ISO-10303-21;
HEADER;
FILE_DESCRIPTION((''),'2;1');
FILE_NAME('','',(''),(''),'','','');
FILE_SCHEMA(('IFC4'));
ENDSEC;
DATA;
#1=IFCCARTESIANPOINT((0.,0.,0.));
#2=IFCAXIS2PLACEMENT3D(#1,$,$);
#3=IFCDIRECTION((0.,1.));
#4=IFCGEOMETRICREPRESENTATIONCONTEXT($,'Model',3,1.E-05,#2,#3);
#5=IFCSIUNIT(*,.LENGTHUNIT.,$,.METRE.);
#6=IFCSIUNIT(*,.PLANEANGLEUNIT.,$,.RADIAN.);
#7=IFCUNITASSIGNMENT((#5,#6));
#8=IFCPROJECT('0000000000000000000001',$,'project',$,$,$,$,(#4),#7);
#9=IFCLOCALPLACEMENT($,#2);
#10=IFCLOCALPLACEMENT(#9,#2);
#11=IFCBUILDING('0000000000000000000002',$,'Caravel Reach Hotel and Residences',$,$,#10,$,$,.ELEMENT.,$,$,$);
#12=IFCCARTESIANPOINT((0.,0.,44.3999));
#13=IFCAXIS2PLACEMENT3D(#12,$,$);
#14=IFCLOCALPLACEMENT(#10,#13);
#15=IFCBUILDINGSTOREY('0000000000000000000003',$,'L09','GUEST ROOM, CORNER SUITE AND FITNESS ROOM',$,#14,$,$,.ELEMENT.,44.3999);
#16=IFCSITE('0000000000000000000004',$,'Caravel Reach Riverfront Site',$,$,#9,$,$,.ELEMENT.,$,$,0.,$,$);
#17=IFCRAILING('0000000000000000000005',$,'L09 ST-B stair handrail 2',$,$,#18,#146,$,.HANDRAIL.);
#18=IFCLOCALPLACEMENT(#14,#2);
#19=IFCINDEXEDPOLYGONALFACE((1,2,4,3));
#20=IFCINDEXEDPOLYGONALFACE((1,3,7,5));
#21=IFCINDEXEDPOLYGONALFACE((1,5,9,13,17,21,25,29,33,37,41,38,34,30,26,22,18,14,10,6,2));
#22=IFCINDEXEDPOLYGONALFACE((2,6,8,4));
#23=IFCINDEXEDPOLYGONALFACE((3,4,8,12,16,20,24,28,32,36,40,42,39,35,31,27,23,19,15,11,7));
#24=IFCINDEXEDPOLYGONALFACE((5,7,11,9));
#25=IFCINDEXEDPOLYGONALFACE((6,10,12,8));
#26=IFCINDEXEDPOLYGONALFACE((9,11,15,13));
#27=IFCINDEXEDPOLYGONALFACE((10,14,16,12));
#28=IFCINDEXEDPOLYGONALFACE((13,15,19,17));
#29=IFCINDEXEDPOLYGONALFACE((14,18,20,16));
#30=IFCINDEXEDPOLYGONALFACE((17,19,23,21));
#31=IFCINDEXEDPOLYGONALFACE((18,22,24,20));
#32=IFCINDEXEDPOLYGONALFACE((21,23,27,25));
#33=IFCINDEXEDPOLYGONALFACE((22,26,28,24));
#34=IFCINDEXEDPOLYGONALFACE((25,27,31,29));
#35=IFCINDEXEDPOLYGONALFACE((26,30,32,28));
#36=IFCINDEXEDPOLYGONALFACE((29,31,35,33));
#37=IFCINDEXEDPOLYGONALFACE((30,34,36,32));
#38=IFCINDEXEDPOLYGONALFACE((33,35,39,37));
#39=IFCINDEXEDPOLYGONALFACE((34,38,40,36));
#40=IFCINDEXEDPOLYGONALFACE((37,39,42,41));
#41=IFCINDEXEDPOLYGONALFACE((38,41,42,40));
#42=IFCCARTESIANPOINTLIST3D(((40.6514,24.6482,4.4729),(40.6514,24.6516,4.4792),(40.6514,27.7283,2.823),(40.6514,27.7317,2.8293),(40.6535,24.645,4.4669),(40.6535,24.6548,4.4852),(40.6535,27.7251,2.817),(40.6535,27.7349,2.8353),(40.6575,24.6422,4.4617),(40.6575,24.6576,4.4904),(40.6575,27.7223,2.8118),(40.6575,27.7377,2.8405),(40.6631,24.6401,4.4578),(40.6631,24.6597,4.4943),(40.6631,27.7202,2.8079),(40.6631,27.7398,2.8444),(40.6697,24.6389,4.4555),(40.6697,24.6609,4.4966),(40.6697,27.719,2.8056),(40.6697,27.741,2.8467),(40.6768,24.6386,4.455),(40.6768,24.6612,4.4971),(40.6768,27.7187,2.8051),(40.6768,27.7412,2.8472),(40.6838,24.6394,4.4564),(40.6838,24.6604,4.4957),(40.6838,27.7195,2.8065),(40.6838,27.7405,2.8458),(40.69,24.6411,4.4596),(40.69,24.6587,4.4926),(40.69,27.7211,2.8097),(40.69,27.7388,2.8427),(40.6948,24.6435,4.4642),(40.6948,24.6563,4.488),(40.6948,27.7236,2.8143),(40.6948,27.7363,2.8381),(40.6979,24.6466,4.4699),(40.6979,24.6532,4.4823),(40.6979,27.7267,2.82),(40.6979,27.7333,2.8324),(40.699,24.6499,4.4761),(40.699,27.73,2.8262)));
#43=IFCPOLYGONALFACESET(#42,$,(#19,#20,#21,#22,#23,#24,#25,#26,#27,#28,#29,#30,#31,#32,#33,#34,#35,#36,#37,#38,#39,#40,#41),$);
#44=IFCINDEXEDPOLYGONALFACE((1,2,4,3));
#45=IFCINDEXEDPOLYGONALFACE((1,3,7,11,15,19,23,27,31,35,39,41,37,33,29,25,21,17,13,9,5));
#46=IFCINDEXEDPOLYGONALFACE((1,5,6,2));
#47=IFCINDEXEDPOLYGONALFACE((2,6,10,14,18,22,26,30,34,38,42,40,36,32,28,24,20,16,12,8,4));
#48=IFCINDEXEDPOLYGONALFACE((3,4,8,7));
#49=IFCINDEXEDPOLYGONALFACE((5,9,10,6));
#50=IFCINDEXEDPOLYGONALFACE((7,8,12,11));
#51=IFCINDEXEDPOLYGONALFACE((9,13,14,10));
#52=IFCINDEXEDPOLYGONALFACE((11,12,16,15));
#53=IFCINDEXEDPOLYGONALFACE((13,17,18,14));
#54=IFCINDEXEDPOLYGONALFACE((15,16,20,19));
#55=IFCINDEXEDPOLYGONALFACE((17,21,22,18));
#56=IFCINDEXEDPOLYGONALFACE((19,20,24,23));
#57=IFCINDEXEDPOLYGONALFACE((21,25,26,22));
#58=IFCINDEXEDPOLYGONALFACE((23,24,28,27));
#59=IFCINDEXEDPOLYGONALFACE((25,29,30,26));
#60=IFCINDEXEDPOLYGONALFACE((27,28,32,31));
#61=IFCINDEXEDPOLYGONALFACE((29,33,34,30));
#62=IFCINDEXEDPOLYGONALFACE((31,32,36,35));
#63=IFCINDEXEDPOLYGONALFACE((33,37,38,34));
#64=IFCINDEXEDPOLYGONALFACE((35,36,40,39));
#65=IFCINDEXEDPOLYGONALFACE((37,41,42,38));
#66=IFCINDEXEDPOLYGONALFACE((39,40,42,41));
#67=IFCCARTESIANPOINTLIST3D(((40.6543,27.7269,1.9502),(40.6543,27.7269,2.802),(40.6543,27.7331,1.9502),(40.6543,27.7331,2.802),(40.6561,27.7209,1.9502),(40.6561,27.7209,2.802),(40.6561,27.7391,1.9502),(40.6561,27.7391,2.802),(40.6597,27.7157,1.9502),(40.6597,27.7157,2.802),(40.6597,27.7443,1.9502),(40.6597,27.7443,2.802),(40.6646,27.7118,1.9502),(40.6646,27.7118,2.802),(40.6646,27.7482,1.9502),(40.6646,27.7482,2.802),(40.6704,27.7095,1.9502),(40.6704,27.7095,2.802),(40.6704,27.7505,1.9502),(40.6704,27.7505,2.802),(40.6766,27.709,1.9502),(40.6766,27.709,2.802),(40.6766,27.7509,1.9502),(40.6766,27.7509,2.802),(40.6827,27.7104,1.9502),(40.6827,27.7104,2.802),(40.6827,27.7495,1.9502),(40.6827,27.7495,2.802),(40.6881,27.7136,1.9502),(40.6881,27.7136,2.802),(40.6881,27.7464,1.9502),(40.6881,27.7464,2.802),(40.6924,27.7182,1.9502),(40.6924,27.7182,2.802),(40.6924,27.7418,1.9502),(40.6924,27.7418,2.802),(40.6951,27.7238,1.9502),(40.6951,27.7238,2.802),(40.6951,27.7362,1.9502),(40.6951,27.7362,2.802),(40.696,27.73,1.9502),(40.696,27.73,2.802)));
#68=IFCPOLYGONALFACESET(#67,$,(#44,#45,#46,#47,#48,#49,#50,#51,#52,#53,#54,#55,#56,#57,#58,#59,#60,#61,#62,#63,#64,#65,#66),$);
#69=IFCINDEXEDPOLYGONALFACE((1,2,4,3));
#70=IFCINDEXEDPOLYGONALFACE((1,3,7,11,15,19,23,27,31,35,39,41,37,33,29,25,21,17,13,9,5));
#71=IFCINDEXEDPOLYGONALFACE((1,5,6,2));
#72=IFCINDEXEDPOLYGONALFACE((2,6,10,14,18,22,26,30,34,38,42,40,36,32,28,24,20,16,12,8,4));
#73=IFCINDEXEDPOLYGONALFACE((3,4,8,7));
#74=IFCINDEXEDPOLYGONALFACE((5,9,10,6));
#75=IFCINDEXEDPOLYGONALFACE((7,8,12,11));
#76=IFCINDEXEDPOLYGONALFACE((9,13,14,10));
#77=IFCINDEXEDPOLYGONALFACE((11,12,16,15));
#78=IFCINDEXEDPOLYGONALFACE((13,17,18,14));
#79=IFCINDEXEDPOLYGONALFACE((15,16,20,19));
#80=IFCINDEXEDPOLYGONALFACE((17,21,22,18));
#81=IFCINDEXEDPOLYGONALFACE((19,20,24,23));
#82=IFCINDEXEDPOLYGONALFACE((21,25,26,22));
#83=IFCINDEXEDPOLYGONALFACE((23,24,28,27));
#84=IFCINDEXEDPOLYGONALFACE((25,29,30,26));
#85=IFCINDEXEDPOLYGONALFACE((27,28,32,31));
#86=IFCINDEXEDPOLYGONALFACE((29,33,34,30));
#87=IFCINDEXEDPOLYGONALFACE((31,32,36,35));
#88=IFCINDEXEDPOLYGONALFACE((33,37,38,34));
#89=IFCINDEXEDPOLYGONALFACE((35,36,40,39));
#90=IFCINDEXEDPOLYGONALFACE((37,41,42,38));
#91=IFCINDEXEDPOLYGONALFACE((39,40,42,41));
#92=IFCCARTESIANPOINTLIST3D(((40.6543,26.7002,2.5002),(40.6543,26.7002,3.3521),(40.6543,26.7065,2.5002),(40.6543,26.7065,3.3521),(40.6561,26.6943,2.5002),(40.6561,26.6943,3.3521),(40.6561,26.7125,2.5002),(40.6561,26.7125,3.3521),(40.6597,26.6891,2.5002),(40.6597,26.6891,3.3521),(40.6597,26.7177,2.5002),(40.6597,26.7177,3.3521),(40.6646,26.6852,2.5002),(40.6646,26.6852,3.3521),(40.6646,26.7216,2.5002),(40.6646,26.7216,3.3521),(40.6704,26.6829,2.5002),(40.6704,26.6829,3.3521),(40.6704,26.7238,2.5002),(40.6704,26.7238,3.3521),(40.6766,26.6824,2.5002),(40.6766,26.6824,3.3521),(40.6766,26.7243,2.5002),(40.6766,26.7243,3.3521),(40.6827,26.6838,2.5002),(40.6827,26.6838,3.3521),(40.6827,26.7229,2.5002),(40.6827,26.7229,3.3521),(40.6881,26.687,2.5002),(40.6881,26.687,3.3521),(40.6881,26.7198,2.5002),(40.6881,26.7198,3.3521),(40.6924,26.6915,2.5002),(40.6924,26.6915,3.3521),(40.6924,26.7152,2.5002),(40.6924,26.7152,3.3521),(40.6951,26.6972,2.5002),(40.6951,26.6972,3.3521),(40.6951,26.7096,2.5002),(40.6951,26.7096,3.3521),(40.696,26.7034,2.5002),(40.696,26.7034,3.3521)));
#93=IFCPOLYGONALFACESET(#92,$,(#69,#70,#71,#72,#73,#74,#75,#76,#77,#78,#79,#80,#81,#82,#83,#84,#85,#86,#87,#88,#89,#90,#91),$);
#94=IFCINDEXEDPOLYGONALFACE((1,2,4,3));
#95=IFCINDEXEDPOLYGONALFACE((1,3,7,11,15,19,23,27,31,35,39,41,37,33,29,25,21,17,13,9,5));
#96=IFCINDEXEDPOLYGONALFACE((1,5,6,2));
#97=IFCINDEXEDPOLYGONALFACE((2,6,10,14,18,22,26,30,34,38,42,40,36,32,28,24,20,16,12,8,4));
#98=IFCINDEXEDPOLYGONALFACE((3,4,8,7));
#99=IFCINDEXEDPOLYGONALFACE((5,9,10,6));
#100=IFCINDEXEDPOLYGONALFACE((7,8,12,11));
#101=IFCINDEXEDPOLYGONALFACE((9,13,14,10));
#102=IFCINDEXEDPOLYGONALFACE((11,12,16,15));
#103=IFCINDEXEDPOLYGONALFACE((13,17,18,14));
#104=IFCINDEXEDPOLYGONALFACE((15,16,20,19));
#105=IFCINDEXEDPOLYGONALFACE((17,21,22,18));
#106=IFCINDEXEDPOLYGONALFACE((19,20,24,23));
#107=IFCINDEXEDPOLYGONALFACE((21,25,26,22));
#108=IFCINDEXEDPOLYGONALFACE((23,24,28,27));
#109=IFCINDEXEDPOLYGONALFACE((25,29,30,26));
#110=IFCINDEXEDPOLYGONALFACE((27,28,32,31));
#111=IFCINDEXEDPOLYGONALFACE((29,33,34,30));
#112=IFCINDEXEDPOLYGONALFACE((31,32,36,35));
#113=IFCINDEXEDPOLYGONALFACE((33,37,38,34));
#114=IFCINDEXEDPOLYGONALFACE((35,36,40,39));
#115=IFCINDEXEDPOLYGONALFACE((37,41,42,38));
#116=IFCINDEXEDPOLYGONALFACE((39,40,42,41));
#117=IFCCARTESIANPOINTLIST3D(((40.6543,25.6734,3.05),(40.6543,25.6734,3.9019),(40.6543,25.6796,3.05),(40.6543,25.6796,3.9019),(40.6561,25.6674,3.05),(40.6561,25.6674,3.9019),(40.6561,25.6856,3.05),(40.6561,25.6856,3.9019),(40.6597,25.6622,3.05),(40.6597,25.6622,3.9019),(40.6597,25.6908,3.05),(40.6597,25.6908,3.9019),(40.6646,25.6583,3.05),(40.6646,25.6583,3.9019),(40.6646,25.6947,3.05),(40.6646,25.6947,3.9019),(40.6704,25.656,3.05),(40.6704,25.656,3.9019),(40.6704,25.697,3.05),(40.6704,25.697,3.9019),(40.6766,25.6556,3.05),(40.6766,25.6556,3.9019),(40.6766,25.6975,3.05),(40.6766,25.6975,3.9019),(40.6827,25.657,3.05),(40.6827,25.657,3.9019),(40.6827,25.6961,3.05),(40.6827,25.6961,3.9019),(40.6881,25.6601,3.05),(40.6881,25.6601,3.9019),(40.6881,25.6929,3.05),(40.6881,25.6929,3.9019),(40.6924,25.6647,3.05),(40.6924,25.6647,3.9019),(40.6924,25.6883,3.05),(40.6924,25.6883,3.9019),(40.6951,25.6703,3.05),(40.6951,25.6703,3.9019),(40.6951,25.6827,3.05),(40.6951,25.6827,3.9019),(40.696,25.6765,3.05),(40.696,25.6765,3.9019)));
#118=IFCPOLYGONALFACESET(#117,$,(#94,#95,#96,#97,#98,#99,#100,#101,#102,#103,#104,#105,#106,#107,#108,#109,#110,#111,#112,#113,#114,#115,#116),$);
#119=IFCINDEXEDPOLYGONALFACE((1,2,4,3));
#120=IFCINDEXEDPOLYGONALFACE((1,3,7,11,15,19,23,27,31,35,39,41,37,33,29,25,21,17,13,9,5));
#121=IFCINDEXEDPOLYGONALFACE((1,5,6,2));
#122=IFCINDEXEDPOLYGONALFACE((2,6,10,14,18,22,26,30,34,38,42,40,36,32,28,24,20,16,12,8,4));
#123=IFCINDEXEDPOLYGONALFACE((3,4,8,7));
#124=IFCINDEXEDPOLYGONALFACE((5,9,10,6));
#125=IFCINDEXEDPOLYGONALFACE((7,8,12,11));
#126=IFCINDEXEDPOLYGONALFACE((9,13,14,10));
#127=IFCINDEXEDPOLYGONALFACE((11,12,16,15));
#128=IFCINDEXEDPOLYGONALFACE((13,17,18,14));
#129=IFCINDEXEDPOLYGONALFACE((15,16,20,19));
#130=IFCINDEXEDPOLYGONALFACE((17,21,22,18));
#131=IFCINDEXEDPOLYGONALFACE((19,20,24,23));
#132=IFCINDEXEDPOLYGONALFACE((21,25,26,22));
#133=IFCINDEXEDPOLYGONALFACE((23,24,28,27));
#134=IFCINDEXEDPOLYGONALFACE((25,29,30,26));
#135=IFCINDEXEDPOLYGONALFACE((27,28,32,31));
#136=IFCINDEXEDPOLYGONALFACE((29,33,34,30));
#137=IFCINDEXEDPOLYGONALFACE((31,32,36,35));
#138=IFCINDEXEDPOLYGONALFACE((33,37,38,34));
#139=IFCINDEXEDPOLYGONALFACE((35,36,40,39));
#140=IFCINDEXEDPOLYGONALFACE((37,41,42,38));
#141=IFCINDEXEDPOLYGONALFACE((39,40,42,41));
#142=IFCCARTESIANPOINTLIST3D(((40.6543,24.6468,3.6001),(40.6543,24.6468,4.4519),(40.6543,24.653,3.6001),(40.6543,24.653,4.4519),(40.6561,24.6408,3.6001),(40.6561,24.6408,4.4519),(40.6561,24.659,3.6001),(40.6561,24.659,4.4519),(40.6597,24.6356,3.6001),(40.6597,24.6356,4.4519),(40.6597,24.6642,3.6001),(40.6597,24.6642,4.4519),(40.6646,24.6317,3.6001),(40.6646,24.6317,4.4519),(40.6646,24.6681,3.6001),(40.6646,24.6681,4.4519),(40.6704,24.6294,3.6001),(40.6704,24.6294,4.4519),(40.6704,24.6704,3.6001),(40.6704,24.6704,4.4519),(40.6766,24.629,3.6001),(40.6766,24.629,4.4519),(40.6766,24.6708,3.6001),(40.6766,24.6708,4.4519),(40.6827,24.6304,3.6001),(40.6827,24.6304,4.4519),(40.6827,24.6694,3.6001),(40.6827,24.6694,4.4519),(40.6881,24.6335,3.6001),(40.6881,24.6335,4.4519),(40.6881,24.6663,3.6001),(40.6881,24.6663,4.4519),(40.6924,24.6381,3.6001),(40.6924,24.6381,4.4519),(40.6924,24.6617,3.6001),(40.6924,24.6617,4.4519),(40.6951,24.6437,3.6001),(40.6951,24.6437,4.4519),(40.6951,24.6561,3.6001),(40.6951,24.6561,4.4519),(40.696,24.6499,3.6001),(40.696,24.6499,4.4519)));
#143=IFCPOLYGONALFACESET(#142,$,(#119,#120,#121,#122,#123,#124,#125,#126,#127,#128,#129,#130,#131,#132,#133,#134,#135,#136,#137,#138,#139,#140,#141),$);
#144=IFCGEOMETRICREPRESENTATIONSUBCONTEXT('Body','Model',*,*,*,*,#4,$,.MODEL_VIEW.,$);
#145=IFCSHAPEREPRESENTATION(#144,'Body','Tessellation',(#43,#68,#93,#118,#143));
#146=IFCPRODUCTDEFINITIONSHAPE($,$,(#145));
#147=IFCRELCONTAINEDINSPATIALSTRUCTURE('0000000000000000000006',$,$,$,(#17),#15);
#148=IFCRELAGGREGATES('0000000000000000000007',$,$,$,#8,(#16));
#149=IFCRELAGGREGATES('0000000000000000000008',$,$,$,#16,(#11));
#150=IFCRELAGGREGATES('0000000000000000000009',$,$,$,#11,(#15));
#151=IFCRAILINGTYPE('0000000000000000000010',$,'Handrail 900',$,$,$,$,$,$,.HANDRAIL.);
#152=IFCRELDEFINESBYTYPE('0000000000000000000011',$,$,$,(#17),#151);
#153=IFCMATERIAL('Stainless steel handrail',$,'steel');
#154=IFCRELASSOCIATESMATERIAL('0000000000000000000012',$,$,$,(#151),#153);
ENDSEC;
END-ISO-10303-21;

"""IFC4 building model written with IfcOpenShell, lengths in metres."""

from ifc_helpers import new_model, si_unit, direction, frame, origin, origin_2d, place, context, subcontext, project, spatial, circle, extrude, material, type_object, element, save


model = new_model("IFC4")

# Units and contexts
model_context = context("Model", 3, precision=1e-05, world=origin(), true_north=direction((0.0, 1.0)))
body_context = subcontext(model_context, "Body", "Model", "MODEL_VIEW")
ifc_project = project(units=[si_unit("LENGTHUNIT", "METRE"), si_unit("PLANEANGLEUNIT", "RADIAN")], contexts=[model_context])

# Site, building, storey
site_placement = place(None, origin())
site = spatial("IfcSite", under=ifc_project, at=site_placement, Name="Caravel Reach Riverfront Site", CompositionType="ELEMENT", RefElevation=0.0)
building_placement = place(site_placement, origin())
building = spatial("IfcBuilding", under=site, at=building_placement, Name="Caravel Reach Hotel and Residences", CompositionType="ELEMENT")
storey_placement = place(building_placement, frame((0.0, 0.0, 44.3999)))
storey = spatial("IfcBuildingStorey", under=building, at=storey_placement, Name="L09", Description="GUEST ROOM, CORNER SUITE AND FITNESS ROOM", CompositionType="ELEMENT", Elevation=44.3999)

# Railing
ifc_material_1 = material(Name="Stainless steel handrail", Category="steel")
railing_type_1 = type_object("IfcRailingType", Name="Handrail 900", PredefinedType="HANDRAIL", material=ifc_material_1)
railing_1_placement = place(storey_placement, frame((40.675, 27.73, 1.9502)))
element("IfcRailing", 1, at=railing_1_placement, inside=storey, type_object=railing_type_1, Name="L09 ST-B stair handrail 2", PredefinedType="HANDRAIL", context=body_context, shape_type="SweptSolid", body=[
    extrude(circle(Radius=0.0239, at=origin_2d()), frame((0.0, 0.0, 0.876), z_axis=(0.0, -0.881497, 0.47219), x_axis=(1.0, 0.0, 0.0)), (0.0, 0.0, 1.0), 3.4941),
    extrude(circle(Radius=0.021, at=origin_2d()), origin(), (0.0, 0.0, 1.0), 0.8518),
    extrude(circle(Radius=0.021, at=origin_2d()), frame((0.0, -1.0266, 0.55)), (0.0, 0.0, 1.0), 0.8518),
    extrude(circle(Radius=0.021, at=origin_2d()), frame((0.0, -2.0535, 1.0999)), (0.0, 0.0, 1.0), 0.8518),
    extrude(circle(Radius=0.021, at=origin_2d()), frame((0.0, -3.0801, 1.6499)), (0.0, 0.0, 1.0), 0.8518),
])

save(model, "model.ifc")
